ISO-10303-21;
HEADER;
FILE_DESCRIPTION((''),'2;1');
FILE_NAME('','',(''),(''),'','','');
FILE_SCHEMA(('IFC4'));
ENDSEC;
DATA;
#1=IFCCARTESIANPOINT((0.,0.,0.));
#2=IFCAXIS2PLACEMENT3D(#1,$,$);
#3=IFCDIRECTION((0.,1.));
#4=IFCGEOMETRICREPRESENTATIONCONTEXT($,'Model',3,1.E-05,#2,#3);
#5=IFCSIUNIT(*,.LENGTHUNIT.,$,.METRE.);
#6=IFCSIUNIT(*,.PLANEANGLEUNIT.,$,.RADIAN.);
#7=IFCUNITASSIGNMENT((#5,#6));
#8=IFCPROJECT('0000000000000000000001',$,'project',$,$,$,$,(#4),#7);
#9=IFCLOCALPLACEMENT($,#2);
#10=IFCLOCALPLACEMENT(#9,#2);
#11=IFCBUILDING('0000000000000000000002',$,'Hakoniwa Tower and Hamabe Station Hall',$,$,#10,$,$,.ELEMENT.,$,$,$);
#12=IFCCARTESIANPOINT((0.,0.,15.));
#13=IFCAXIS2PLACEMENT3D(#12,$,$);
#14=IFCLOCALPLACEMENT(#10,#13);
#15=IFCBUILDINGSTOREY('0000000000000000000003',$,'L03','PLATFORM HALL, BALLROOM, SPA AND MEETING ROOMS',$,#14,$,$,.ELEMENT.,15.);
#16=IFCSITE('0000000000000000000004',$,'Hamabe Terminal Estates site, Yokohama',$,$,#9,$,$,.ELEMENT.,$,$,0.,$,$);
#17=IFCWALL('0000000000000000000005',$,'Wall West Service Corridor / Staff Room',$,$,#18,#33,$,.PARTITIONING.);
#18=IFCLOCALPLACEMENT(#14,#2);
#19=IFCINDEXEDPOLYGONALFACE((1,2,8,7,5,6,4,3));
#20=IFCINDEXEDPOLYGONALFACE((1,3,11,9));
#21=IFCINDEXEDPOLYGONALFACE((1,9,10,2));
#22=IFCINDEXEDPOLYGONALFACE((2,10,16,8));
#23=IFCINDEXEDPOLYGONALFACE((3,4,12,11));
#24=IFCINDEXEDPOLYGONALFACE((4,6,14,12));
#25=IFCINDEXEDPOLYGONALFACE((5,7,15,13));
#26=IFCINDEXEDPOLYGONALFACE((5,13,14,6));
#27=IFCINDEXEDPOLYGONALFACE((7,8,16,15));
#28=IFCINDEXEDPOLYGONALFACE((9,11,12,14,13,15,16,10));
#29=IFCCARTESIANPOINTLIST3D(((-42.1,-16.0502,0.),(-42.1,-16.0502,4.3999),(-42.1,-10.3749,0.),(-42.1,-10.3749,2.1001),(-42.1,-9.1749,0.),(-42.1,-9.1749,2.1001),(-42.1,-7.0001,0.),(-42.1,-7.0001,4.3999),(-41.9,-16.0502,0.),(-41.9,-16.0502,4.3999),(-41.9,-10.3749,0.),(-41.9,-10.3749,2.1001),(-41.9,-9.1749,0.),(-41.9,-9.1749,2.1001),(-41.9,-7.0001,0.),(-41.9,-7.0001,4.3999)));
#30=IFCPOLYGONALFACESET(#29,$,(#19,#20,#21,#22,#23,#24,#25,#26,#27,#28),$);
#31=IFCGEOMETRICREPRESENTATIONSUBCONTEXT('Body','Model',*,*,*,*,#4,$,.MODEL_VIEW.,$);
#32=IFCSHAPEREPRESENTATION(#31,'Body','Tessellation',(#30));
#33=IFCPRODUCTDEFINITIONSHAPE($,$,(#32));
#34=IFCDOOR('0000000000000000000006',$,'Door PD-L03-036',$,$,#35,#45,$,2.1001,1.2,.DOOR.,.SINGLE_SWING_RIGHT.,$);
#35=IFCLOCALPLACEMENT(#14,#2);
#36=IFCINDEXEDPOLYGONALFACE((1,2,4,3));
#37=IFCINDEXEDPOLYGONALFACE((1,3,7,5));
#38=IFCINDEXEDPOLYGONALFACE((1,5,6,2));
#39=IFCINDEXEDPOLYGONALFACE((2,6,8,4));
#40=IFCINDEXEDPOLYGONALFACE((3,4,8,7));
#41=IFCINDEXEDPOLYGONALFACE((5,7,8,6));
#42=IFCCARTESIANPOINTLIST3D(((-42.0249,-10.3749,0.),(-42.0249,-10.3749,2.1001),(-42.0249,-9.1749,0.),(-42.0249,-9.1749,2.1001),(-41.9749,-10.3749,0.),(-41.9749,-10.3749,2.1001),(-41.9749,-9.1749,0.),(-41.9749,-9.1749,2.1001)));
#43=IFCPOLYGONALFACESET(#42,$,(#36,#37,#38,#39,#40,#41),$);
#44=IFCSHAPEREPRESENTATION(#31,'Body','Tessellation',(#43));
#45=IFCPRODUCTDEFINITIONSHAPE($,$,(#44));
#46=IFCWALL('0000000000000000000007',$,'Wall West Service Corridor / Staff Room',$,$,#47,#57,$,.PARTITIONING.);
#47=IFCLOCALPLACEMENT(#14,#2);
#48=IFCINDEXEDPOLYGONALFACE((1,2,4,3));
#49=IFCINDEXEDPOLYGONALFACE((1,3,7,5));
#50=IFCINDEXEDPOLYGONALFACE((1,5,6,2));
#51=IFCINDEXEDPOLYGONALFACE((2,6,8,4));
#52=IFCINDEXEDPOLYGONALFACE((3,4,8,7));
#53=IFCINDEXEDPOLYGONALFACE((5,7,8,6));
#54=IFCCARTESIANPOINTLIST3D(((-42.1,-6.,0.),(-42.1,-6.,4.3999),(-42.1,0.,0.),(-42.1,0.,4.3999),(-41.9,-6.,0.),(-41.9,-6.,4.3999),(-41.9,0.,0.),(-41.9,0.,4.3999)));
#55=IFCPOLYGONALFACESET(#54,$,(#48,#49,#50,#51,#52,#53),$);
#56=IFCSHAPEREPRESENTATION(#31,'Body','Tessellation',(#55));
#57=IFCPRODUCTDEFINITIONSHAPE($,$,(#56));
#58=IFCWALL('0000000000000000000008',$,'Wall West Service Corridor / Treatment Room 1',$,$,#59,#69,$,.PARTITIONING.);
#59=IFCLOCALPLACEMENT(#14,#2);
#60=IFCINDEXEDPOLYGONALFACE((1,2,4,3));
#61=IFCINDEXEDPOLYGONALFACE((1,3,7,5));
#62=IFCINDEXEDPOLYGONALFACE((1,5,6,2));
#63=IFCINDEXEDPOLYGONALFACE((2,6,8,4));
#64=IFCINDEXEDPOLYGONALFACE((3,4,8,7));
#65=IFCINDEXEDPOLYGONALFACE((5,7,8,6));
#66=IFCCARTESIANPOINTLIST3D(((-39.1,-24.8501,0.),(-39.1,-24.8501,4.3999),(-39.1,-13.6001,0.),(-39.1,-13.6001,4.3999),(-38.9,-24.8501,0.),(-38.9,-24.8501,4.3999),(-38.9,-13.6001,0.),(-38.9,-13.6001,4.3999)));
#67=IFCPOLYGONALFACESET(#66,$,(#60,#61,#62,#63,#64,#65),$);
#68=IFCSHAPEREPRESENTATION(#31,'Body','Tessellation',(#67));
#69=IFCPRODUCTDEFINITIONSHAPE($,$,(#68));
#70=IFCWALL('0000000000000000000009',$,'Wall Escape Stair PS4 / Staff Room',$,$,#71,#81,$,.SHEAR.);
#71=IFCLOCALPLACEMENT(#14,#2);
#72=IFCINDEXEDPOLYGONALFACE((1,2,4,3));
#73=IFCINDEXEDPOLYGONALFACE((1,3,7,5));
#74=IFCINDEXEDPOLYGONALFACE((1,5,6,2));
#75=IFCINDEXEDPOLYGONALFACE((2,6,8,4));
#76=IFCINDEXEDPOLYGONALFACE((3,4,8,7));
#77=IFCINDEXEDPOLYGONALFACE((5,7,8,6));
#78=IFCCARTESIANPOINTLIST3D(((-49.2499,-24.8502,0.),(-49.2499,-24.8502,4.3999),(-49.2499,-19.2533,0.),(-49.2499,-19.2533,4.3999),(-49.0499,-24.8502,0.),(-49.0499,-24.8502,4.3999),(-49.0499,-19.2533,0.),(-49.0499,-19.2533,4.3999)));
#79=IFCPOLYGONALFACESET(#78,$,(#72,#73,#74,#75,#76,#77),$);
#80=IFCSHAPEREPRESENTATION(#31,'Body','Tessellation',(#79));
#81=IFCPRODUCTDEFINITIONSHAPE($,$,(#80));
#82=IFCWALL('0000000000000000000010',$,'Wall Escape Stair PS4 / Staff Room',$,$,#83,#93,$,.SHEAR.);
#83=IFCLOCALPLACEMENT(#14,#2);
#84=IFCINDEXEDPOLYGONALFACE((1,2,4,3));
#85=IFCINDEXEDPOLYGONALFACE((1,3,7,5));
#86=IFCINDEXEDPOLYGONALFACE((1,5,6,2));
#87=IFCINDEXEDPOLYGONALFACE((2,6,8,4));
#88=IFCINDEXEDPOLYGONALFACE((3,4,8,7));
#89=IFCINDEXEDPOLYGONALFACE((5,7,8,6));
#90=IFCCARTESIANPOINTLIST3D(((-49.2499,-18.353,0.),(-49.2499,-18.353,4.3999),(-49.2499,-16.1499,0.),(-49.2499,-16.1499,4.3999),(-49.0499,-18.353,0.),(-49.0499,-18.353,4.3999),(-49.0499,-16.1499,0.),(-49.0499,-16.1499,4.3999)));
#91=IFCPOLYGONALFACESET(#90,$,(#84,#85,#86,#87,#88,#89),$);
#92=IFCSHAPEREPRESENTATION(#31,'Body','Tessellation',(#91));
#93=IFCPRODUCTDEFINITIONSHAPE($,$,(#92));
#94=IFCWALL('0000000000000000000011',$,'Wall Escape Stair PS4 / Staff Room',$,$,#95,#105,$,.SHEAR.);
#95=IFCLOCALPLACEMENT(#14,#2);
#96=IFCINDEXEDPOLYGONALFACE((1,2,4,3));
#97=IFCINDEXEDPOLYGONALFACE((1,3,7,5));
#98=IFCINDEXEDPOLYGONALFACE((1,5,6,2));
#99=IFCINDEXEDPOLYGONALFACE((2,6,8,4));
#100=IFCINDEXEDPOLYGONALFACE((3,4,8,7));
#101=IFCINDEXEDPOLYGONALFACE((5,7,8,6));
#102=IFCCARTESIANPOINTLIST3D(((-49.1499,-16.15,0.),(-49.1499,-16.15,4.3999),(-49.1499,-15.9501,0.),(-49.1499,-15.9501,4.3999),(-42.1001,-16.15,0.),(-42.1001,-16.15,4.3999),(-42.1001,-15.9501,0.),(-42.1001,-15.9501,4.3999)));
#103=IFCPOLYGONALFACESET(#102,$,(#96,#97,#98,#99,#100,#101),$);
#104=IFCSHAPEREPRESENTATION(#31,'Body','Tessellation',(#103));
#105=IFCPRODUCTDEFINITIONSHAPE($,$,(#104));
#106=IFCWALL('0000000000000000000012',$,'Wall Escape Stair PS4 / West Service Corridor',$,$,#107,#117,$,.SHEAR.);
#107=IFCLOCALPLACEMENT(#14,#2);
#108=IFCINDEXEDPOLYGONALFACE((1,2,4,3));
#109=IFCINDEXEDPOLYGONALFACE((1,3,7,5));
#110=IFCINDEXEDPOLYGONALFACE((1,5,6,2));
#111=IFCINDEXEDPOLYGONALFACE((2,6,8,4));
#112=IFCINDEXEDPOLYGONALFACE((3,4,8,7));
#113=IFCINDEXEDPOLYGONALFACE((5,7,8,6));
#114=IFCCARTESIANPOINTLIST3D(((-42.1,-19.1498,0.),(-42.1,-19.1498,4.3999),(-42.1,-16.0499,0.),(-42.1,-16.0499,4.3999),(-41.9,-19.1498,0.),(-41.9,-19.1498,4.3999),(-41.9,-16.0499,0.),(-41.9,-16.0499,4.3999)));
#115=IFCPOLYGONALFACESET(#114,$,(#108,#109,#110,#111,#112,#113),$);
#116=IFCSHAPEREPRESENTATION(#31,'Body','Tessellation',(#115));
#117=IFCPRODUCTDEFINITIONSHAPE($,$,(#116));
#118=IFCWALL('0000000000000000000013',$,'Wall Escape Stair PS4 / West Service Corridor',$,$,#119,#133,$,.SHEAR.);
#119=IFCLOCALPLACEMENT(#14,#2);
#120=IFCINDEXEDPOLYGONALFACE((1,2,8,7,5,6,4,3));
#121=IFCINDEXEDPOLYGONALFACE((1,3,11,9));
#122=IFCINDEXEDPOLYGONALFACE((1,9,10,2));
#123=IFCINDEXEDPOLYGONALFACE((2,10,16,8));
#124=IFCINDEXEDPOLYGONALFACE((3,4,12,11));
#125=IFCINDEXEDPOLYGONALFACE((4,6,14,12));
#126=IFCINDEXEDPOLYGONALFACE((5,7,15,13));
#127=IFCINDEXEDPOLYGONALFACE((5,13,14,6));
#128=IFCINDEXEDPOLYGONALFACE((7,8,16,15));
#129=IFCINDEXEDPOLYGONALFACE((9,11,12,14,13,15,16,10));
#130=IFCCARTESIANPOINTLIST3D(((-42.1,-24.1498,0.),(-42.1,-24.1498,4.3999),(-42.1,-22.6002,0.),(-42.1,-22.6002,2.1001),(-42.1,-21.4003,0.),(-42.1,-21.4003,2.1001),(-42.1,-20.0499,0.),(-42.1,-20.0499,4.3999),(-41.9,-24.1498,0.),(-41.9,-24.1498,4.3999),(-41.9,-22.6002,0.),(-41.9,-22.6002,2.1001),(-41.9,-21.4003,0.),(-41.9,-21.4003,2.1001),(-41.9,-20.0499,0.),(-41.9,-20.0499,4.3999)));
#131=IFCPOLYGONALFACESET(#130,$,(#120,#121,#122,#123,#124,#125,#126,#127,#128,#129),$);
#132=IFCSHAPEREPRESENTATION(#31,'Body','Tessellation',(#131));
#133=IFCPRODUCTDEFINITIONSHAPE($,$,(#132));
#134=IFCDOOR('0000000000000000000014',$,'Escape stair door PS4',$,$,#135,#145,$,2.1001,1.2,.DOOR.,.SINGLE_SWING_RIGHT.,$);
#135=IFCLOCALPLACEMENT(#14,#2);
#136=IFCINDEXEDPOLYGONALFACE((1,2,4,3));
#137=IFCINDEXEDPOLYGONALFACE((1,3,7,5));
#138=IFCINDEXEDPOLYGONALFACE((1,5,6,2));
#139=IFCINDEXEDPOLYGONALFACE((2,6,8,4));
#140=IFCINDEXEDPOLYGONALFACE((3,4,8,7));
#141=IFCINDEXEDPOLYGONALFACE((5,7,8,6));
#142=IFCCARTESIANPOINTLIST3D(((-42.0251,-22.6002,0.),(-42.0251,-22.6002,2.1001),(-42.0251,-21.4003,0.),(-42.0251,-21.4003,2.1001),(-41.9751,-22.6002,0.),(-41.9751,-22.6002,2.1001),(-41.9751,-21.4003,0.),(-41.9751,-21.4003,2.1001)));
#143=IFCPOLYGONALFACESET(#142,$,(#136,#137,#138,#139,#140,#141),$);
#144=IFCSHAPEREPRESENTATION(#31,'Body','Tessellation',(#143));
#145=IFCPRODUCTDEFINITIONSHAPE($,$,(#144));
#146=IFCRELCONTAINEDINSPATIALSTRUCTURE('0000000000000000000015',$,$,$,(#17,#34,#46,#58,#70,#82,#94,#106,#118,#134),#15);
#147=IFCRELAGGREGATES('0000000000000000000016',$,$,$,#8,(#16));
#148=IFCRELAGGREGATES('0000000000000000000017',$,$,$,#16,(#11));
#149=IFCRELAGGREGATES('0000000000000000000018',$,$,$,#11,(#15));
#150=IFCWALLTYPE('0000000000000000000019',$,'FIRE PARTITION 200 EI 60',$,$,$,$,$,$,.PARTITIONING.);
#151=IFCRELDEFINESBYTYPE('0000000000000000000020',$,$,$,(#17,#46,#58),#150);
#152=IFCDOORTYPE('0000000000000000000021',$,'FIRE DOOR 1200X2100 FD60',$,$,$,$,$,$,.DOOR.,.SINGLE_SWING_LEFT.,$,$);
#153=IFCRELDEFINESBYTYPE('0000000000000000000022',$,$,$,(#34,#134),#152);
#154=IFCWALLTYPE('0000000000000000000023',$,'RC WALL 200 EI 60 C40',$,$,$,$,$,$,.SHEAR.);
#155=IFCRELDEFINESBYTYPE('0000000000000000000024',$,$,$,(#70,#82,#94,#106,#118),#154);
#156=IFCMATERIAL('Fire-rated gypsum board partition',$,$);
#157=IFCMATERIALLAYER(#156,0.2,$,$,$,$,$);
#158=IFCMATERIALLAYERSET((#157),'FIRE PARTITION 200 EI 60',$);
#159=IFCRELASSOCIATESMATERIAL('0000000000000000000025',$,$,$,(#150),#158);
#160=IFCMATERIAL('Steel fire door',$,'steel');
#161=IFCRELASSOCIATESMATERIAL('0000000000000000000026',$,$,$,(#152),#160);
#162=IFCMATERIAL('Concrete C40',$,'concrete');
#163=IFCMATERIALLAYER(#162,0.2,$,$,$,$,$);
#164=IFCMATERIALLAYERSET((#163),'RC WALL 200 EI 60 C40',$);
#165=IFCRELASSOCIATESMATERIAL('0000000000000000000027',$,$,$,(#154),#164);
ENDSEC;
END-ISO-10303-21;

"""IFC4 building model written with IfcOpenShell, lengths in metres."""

from ifc_helpers import new_model, si_unit, direction, frame, frame_2d, origin, place, context, subcontext, project, spatial, rectangle, extrude, material, layer, layer_set, type_object, element, fill, save


model = new_model("IFC4")

# Units and contexts
model_context = context("Model", 3, precision=1e-05, world=origin(), true_north=direction((0.0, 1.0)))
body_context = subcontext(model_context, "Body", "Model", "MODEL_VIEW")
ifc_project = project(units=[si_unit("LENGTHUNIT", "METRE"), si_unit("PLANEANGLEUNIT", "RADIAN")], contexts=[model_context])

# Site, building, storey
site_placement = place(None, origin())
site = spatial("IfcSite", under=ifc_project, at=site_placement, Name="Hamabe Terminal Estates site, Yokohama", CompositionType="ELEMENT", RefElevation=0.0)
building_placement = place(site_placement, origin())
building = spatial("IfcBuilding", under=site, at=building_placement, Name="Hakoniwa Tower and Hamabe Station Hall", CompositionType="ELEMENT")
storey_placement = place(building_placement, frame((0.0, 0.0, 15.0)))
storey = spatial("IfcBuildingStorey", under=building, at=storey_placement, Name="L03", Description="PLATFORM HALL, BALLROOM, SPA AND MEETING ROOMS", CompositionType="ELEMENT", Elevation=15.0)

# Shared definitions
ifc_material_1 = material(Name="Fire-rated gypsum board partition")
ifc_layer_1 = layer(ifc_material_1, 0.2)
ifc_layer_set_1 = layer_set([ifc_layer_1], Name="FIRE PARTITION 200 EI 60")
wall_type_1 = type_object("IfcWallType", Name="FIRE PARTITION 200 EI 60", PredefinedType="PARTITIONING", material=ifc_layer_set_1)

# Wall, opening, door
wall_1_placement = place(storey_placement, frame((-42.0, -16.05, 0.0), z_axis=(0.0, 0.0, 1.0), x_axis=(0.0, 1.0, 0.0)))
wall_1 = element("IfcWall", 1, at=wall_1_placement, inside=storey, type_object=wall_type_1, Name="Wall West Service Corridor / Staff Room", PredefinedType="PARTITIONING", context=body_context, shape_type="SweptSolid", body=[
    extrude(rectangle(XDim=9.05, YDim=0.2, at=frame_2d((4.5249, 0.0))), origin(), (0.0, 0.0, 1.0), 4.3999),
])
opening_1_placement = place(wall_1_placement, frame((5.675, 0.0, 0.0)))
opening_1 = element("IfcOpeningElement", 2, at=opening_1_placement, cuts=wall_1, PredefinedType="OPENING", context=body_context, shape_type="SweptSolid", body=[
    extrude(rectangle(XDim=1.2, YDim=2.1001, at=frame_2d((0.6001, 1.05))), frame((0.0, 0.1099, 0.0), z_axis=(0.0, -1.0, 0.0), x_axis=(1.0, 0.0, 0.0)), (0.0, 0.0, 1.0), 0.22),
])
ifc_material_2 = material(Name="Steel fire door", Category="steel")
door_type_1 = type_object("IfcDoorType", Name="FIRE DOOR 1200X2100 FD60", OperationType="SINGLE_SWING_LEFT", PredefinedType="DOOR", material=ifc_material_2)
door_1_placement = place(opening_1_placement, origin())
door_1 = element("IfcDoor", 3, at=door_1_placement, inside=storey, type_object=door_type_1, Name="Door PD-L03-036", OperationType="SINGLE_SWING_RIGHT", OverallHeight=2.1001, OverallWidth=1.2, PredefinedType="DOOR", context=body_context, shape_type="SweptSolid", body=[
    extrude(rectangle(XDim=1.2, YDim=2.1001, at=frame_2d((0.6001, 1.05))), frame((0.0, 0.0249, 0.0), z_axis=(0.0, -1.0, 0.0), x_axis=(1.0, 0.0, 0.0)), (0.0, 0.0, 1.0), 0.05),
])
fill(opening_1, door_1)

# Walls
wall_2_placement = place(storey_placement, frame((-42.0, -6.0, 0.0), z_axis=(0.0, 0.0, 1.0), x_axis=(0.0, 1.0, 0.0)))
element("IfcWall", 4, at=wall_2_placement, inside=storey, type_object=wall_type_1, Name="Wall West Service Corridor / Staff Room", PredefinedType="PARTITIONING", context=body_context, shape_type="SweptSolid", body=[
    extrude(rectangle(XDim=6.0, YDim=0.2, at=frame_2d((3.0, 0.0))), origin(), (0.0, 0.0, 1.0), 4.3999),
])
wall_3_placement = place(storey_placement, frame((-39.0, -13.6001, 0.0), z_axis=(0.0, 0.0, 1.0), x_axis=(0.0, -1.0, 0.0)))
element("IfcWall", 5, at=wall_3_placement, inside=storey, type_object=wall_type_1, Name="Wall West Service Corridor / Treatment Room 1", PredefinedType="PARTITIONING", context=body_context, shape_type="SweptSolid", body=[
    extrude(rectangle(XDim=11.25, YDim=0.2, at=frame_2d((5.625, 0.0))), origin(), (0.0, 0.0, 1.0), 4.3999),
])
ifc_material_3 = material(Name="Concrete C40", Category="concrete")
ifc_layer_2 = layer(ifc_material_3, 0.2)
ifc_layer_set_2 = layer_set([ifc_layer_2], Name="RC WALL 200 EI 60 C40")
wall_type_2 = type_object("IfcWallType", Name="RC WALL 200 EI 60 C40", PredefinedType="SHEAR", material=ifc_layer_set_2)
wall_4_placement = place(storey_placement, frame((-49.1499, -24.8501, 0.0), z_axis=(0.0, 0.0, 1.0), x_axis=(0.0, 1.0, 0.0)))
element("IfcWall", 6, at=wall_4_placement, inside=storey, type_object=wall_type_2, Name="Wall Escape Stair PS4 / Staff Room", PredefinedType="SHEAR", context=body_context, shape_type="SweptSolid", body=[
    extrude(rectangle(XDim=5.5969, YDim=0.2, at=frame_2d((2.7983, 0.0))), origin(), (0.0, 0.0, 1.0), 4.3999),
])
wall_5_placement = place(storey_placement, frame((-49.1499, -18.353, 0.0), z_axis=(0.0, 0.0, 1.0), x_axis=(0.0, 1.0, 0.0)))
element("IfcWall", 7, at=wall_5_placement, inside=storey, type_object=wall_type_2, Name="Wall Escape Stair PS4 / Staff Room", PredefinedType="SHEAR", context=body_context, shape_type="SweptSolid", body=[
    extrude(rectangle(XDim=2.2031, YDim=0.2, at=frame_2d((1.1016, 0.0))), origin(), (0.0, 0.0, 1.0), 4.3999),
])
wall_6_placement = place(storey_placement, frame((-49.1499, -16.05, 0.0), z_axis=(0.0, 0.0, 1.0), x_axis=(1.0, 0.0, 0.0)))
element("IfcWall", 8, at=wall_6_placement, inside=storey, type_object=wall_type_2, Name="Wall Escape Stair PS4 / Staff Room", PredefinedType="SHEAR", context=body_context, shape_type="SweptSolid", body=[
    extrude(rectangle(XDim=7.0498, YDim=0.2, at=frame_2d((3.5249, 0.0))), origin(), (0.0, 0.0, 1.0), 4.3999),
])
wall_7_placement = place(storey_placement, frame((-42.0, -16.05, 0.0), z_axis=(0.0, 0.0, 1.0), x_axis=(0.0, -1.0, 0.0)))
element("IfcWall", 9, at=wall_7_placement, inside=storey, type_object=wall_type_2, Name="Wall Escape Stair PS4 / West Service Corridor", PredefinedType="SHEAR", context=body_context, shape_type="SweptSolid", body=[
    extrude(rectangle(XDim=3.0999, YDim=0.2, at=frame_2d((1.5498, 0.0))), origin(), (0.0, 0.0, 1.0), 4.3999),
])

# Wall, opening, door
wall_8_placement = place(storey_placement, frame((-42.0, -20.05, 0.0), z_axis=(0.0, 0.0, 1.0), x_axis=(0.0, -1.0, 0.0)))
wall_8 = element("IfcWall", 10, at=wall_8_placement, inside=storey, type_object=wall_type_2, Name="Wall Escape Stair PS4 / West Service Corridor", PredefinedType="SHEAR", context=body_context, shape_type="SweptSolid", body=[
    extrude(rectangle(XDim=4.0999, YDim=0.2, at=frame_2d((2.0498, 0.0))), origin(), (0.0, 0.0, 1.0), 4.3999),
])
opening_2_placement = place(wall_8_placement, frame((1.3501, 0.0, 0.0)))
opening_2 = element("IfcOpeningElement", 11, at=opening_2_placement, cuts=wall_8, PredefinedType="OPENING", context=body_context, shape_type="SweptSolid", body=[
    extrude(rectangle(XDim=1.2, YDim=2.1001, at=frame_2d((0.6001, 1.05))), frame((0.0, 0.1099, 0.0), z_axis=(0.0, -1.0, 0.0), x_axis=(1.0, 0.0, 0.0)), (0.0, 0.0, 1.0), 0.22),
])
door_2_placement = place(opening_2_placement, origin())
door_2 = element("IfcDoor", 12, at=door_2_placement, inside=storey, type_object=door_type_1, Name="Escape stair door PS4", OperationType="SINGLE_SWING_RIGHT", OverallHeight=2.1001, OverallWidth=1.2, PredefinedType="DOOR", context=body_context, shape_type="SweptSolid", body=[
    extrude(rectangle(XDim=1.2, YDim=2.1001, at=frame_2d((0.6001, 1.05))), frame((0.0, 0.0249, 0.0), z_axis=(0.0, -1.0, 0.0), x_axis=(1.0, 0.0, 0.0)), (0.0, 0.0, 1.0), 0.05),
])
fill(opening_2, door_2)

save(model, "model.ifc")
